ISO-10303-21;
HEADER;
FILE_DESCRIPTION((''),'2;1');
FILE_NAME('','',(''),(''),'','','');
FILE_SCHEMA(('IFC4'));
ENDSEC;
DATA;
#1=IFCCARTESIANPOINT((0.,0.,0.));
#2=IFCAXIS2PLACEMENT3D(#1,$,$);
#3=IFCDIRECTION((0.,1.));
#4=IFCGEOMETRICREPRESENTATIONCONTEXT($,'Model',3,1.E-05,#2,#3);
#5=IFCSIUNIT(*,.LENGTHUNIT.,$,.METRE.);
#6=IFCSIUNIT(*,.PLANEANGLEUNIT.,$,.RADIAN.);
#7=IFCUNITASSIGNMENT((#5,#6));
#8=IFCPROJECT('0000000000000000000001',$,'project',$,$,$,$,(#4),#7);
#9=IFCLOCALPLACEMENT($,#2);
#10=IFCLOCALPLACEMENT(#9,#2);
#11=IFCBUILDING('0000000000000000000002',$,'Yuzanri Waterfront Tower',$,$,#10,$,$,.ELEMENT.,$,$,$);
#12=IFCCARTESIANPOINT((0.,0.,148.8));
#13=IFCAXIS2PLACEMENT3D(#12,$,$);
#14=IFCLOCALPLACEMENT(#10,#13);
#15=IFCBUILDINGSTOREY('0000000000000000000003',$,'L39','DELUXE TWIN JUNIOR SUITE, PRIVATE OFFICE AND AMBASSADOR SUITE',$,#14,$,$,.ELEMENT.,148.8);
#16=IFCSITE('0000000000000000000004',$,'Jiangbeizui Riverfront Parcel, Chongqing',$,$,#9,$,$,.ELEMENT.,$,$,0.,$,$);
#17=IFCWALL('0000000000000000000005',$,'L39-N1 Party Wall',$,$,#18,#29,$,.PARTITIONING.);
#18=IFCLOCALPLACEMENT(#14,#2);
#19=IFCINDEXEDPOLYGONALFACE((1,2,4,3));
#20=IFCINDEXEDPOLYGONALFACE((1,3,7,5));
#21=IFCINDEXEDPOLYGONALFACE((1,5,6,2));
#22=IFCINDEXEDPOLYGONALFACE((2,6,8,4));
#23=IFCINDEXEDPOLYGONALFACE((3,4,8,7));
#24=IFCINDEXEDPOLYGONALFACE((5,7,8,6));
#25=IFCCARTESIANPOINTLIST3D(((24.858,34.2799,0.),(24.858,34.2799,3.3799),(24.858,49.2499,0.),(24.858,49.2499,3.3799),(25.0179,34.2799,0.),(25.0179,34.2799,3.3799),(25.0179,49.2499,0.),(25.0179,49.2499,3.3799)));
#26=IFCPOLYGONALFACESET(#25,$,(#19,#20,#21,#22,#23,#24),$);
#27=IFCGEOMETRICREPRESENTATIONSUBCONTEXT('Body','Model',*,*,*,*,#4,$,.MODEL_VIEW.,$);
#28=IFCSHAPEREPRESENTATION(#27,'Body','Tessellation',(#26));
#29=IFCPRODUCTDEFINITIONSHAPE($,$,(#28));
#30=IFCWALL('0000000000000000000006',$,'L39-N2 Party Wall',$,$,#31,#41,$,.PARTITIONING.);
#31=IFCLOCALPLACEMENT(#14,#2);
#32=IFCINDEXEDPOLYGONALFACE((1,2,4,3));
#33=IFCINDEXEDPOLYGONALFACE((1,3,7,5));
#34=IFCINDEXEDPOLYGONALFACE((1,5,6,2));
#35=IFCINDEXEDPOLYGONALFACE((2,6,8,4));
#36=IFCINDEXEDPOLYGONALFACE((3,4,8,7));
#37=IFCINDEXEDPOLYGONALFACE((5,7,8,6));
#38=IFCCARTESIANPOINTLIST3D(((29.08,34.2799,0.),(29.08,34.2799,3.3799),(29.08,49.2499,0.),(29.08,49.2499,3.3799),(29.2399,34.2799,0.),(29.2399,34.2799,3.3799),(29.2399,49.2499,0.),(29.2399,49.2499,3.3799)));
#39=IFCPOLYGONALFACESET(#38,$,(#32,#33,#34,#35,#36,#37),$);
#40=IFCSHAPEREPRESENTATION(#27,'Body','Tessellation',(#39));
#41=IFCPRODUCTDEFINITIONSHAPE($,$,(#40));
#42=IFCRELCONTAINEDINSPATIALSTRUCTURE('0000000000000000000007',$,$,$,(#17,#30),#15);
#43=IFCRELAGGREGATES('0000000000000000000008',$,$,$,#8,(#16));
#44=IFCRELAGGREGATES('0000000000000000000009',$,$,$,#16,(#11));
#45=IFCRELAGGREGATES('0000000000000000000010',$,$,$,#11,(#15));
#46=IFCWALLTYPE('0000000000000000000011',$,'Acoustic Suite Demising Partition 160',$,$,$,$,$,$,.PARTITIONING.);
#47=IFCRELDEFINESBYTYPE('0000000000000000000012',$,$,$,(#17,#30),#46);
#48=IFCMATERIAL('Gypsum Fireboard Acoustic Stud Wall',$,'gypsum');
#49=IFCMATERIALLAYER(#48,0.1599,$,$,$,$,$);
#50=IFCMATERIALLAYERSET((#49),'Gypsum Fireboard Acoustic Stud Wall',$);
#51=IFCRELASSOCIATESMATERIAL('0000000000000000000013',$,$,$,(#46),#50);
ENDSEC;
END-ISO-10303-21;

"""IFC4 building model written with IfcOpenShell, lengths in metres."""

from ifc_helpers import new_model, si_unit, direction, frame, frame_2d, origin, place, context, subcontext, project, spatial, rectangle, extrude, source, transform, mapped, material, layer, layer_set, type_object, element, save


model = new_model("IFC4")

# Units and contexts
model_context = context("Model", 3, precision=1e-05, world=origin(), true_north=direction((0.0, 1.0)))
body_context = subcontext(model_context, "Body", "Model", "MODEL_VIEW")
ifc_project = project(units=[si_unit("LENGTHUNIT", "METRE"), si_unit("PLANEANGLEUNIT", "RADIAN")], contexts=[model_context])

# Site, building, storey
site_placement = place(None, origin())
site = spatial("IfcSite", under=ifc_project, at=site_placement, Name="Jiangbeizui Riverfront Parcel, Chongqing", CompositionType="ELEMENT", RefElevation=0.0)
building_placement = place(site_placement, origin())
building = spatial("IfcBuilding", under=site, at=building_placement, Name="Yuzanri Waterfront Tower", CompositionType="ELEMENT")
storey_placement = place(building_placement, frame((0.0, 0.0, 148.8)))
storey = spatial("IfcBuildingStorey", under=building, at=storey_placement, Name="L39", Description="DELUXE TWIN JUNIOR SUITE, PRIVATE OFFICE AND AMBASSADOR SUITE", CompositionType="ELEMENT", Elevation=148.8)

# Walls
ifc_material_1 = material(Name="Gypsum Fireboard Acoustic Stud Wall", Category="gypsum")
ifc_layer_1 = layer(ifc_material_1, 0.1599)
ifc_layer_set_1 = layer_set([ifc_layer_1], Name="Gypsum Fireboard Acoustic Stud Wall")
wall_type_1 = type_object("IfcWallType", Name="Acoustic Suite Demising Partition 160", PredefinedType="PARTITIONING", material=ifc_layer_set_1)
shared_shape_1 = source(origin(), body_context, "Body", "SweptSolid", [
    extrude(rectangle(XDim=14.97, YDim=0.1599, at=frame_2d((7.4849, 0.0))), origin(), (0.0, 0.0, 1.0), 3.3799),
])
for number, where, z_axis, x_axis, name in (
    (1, (24.938, 34.28, 0.0), (0.0, 0.0, 1.0), (0.0, 1.0, 0.0), "L39-N1 Party Wall"),
    (2, (29.1599, 34.28, 0.0), (0.0, 0.0, 1.0), (0.0, 1.0, 0.0), "L39-N2 Party Wall"),
):
    element("IfcWall", number, at=place(storey_placement, frame(where, z_axis=z_axis, x_axis=x_axis)), inside=storey, type_object=wall_type_1, Name=name, PredefinedType="PARTITIONING", context=body_context, shape_type="MappedRepresentation", body=[
        mapped(shared_shape_1, transform((0.0, 0.0, 0.0), scale=1.0)),
    ])

save(model, "model.ifc")
